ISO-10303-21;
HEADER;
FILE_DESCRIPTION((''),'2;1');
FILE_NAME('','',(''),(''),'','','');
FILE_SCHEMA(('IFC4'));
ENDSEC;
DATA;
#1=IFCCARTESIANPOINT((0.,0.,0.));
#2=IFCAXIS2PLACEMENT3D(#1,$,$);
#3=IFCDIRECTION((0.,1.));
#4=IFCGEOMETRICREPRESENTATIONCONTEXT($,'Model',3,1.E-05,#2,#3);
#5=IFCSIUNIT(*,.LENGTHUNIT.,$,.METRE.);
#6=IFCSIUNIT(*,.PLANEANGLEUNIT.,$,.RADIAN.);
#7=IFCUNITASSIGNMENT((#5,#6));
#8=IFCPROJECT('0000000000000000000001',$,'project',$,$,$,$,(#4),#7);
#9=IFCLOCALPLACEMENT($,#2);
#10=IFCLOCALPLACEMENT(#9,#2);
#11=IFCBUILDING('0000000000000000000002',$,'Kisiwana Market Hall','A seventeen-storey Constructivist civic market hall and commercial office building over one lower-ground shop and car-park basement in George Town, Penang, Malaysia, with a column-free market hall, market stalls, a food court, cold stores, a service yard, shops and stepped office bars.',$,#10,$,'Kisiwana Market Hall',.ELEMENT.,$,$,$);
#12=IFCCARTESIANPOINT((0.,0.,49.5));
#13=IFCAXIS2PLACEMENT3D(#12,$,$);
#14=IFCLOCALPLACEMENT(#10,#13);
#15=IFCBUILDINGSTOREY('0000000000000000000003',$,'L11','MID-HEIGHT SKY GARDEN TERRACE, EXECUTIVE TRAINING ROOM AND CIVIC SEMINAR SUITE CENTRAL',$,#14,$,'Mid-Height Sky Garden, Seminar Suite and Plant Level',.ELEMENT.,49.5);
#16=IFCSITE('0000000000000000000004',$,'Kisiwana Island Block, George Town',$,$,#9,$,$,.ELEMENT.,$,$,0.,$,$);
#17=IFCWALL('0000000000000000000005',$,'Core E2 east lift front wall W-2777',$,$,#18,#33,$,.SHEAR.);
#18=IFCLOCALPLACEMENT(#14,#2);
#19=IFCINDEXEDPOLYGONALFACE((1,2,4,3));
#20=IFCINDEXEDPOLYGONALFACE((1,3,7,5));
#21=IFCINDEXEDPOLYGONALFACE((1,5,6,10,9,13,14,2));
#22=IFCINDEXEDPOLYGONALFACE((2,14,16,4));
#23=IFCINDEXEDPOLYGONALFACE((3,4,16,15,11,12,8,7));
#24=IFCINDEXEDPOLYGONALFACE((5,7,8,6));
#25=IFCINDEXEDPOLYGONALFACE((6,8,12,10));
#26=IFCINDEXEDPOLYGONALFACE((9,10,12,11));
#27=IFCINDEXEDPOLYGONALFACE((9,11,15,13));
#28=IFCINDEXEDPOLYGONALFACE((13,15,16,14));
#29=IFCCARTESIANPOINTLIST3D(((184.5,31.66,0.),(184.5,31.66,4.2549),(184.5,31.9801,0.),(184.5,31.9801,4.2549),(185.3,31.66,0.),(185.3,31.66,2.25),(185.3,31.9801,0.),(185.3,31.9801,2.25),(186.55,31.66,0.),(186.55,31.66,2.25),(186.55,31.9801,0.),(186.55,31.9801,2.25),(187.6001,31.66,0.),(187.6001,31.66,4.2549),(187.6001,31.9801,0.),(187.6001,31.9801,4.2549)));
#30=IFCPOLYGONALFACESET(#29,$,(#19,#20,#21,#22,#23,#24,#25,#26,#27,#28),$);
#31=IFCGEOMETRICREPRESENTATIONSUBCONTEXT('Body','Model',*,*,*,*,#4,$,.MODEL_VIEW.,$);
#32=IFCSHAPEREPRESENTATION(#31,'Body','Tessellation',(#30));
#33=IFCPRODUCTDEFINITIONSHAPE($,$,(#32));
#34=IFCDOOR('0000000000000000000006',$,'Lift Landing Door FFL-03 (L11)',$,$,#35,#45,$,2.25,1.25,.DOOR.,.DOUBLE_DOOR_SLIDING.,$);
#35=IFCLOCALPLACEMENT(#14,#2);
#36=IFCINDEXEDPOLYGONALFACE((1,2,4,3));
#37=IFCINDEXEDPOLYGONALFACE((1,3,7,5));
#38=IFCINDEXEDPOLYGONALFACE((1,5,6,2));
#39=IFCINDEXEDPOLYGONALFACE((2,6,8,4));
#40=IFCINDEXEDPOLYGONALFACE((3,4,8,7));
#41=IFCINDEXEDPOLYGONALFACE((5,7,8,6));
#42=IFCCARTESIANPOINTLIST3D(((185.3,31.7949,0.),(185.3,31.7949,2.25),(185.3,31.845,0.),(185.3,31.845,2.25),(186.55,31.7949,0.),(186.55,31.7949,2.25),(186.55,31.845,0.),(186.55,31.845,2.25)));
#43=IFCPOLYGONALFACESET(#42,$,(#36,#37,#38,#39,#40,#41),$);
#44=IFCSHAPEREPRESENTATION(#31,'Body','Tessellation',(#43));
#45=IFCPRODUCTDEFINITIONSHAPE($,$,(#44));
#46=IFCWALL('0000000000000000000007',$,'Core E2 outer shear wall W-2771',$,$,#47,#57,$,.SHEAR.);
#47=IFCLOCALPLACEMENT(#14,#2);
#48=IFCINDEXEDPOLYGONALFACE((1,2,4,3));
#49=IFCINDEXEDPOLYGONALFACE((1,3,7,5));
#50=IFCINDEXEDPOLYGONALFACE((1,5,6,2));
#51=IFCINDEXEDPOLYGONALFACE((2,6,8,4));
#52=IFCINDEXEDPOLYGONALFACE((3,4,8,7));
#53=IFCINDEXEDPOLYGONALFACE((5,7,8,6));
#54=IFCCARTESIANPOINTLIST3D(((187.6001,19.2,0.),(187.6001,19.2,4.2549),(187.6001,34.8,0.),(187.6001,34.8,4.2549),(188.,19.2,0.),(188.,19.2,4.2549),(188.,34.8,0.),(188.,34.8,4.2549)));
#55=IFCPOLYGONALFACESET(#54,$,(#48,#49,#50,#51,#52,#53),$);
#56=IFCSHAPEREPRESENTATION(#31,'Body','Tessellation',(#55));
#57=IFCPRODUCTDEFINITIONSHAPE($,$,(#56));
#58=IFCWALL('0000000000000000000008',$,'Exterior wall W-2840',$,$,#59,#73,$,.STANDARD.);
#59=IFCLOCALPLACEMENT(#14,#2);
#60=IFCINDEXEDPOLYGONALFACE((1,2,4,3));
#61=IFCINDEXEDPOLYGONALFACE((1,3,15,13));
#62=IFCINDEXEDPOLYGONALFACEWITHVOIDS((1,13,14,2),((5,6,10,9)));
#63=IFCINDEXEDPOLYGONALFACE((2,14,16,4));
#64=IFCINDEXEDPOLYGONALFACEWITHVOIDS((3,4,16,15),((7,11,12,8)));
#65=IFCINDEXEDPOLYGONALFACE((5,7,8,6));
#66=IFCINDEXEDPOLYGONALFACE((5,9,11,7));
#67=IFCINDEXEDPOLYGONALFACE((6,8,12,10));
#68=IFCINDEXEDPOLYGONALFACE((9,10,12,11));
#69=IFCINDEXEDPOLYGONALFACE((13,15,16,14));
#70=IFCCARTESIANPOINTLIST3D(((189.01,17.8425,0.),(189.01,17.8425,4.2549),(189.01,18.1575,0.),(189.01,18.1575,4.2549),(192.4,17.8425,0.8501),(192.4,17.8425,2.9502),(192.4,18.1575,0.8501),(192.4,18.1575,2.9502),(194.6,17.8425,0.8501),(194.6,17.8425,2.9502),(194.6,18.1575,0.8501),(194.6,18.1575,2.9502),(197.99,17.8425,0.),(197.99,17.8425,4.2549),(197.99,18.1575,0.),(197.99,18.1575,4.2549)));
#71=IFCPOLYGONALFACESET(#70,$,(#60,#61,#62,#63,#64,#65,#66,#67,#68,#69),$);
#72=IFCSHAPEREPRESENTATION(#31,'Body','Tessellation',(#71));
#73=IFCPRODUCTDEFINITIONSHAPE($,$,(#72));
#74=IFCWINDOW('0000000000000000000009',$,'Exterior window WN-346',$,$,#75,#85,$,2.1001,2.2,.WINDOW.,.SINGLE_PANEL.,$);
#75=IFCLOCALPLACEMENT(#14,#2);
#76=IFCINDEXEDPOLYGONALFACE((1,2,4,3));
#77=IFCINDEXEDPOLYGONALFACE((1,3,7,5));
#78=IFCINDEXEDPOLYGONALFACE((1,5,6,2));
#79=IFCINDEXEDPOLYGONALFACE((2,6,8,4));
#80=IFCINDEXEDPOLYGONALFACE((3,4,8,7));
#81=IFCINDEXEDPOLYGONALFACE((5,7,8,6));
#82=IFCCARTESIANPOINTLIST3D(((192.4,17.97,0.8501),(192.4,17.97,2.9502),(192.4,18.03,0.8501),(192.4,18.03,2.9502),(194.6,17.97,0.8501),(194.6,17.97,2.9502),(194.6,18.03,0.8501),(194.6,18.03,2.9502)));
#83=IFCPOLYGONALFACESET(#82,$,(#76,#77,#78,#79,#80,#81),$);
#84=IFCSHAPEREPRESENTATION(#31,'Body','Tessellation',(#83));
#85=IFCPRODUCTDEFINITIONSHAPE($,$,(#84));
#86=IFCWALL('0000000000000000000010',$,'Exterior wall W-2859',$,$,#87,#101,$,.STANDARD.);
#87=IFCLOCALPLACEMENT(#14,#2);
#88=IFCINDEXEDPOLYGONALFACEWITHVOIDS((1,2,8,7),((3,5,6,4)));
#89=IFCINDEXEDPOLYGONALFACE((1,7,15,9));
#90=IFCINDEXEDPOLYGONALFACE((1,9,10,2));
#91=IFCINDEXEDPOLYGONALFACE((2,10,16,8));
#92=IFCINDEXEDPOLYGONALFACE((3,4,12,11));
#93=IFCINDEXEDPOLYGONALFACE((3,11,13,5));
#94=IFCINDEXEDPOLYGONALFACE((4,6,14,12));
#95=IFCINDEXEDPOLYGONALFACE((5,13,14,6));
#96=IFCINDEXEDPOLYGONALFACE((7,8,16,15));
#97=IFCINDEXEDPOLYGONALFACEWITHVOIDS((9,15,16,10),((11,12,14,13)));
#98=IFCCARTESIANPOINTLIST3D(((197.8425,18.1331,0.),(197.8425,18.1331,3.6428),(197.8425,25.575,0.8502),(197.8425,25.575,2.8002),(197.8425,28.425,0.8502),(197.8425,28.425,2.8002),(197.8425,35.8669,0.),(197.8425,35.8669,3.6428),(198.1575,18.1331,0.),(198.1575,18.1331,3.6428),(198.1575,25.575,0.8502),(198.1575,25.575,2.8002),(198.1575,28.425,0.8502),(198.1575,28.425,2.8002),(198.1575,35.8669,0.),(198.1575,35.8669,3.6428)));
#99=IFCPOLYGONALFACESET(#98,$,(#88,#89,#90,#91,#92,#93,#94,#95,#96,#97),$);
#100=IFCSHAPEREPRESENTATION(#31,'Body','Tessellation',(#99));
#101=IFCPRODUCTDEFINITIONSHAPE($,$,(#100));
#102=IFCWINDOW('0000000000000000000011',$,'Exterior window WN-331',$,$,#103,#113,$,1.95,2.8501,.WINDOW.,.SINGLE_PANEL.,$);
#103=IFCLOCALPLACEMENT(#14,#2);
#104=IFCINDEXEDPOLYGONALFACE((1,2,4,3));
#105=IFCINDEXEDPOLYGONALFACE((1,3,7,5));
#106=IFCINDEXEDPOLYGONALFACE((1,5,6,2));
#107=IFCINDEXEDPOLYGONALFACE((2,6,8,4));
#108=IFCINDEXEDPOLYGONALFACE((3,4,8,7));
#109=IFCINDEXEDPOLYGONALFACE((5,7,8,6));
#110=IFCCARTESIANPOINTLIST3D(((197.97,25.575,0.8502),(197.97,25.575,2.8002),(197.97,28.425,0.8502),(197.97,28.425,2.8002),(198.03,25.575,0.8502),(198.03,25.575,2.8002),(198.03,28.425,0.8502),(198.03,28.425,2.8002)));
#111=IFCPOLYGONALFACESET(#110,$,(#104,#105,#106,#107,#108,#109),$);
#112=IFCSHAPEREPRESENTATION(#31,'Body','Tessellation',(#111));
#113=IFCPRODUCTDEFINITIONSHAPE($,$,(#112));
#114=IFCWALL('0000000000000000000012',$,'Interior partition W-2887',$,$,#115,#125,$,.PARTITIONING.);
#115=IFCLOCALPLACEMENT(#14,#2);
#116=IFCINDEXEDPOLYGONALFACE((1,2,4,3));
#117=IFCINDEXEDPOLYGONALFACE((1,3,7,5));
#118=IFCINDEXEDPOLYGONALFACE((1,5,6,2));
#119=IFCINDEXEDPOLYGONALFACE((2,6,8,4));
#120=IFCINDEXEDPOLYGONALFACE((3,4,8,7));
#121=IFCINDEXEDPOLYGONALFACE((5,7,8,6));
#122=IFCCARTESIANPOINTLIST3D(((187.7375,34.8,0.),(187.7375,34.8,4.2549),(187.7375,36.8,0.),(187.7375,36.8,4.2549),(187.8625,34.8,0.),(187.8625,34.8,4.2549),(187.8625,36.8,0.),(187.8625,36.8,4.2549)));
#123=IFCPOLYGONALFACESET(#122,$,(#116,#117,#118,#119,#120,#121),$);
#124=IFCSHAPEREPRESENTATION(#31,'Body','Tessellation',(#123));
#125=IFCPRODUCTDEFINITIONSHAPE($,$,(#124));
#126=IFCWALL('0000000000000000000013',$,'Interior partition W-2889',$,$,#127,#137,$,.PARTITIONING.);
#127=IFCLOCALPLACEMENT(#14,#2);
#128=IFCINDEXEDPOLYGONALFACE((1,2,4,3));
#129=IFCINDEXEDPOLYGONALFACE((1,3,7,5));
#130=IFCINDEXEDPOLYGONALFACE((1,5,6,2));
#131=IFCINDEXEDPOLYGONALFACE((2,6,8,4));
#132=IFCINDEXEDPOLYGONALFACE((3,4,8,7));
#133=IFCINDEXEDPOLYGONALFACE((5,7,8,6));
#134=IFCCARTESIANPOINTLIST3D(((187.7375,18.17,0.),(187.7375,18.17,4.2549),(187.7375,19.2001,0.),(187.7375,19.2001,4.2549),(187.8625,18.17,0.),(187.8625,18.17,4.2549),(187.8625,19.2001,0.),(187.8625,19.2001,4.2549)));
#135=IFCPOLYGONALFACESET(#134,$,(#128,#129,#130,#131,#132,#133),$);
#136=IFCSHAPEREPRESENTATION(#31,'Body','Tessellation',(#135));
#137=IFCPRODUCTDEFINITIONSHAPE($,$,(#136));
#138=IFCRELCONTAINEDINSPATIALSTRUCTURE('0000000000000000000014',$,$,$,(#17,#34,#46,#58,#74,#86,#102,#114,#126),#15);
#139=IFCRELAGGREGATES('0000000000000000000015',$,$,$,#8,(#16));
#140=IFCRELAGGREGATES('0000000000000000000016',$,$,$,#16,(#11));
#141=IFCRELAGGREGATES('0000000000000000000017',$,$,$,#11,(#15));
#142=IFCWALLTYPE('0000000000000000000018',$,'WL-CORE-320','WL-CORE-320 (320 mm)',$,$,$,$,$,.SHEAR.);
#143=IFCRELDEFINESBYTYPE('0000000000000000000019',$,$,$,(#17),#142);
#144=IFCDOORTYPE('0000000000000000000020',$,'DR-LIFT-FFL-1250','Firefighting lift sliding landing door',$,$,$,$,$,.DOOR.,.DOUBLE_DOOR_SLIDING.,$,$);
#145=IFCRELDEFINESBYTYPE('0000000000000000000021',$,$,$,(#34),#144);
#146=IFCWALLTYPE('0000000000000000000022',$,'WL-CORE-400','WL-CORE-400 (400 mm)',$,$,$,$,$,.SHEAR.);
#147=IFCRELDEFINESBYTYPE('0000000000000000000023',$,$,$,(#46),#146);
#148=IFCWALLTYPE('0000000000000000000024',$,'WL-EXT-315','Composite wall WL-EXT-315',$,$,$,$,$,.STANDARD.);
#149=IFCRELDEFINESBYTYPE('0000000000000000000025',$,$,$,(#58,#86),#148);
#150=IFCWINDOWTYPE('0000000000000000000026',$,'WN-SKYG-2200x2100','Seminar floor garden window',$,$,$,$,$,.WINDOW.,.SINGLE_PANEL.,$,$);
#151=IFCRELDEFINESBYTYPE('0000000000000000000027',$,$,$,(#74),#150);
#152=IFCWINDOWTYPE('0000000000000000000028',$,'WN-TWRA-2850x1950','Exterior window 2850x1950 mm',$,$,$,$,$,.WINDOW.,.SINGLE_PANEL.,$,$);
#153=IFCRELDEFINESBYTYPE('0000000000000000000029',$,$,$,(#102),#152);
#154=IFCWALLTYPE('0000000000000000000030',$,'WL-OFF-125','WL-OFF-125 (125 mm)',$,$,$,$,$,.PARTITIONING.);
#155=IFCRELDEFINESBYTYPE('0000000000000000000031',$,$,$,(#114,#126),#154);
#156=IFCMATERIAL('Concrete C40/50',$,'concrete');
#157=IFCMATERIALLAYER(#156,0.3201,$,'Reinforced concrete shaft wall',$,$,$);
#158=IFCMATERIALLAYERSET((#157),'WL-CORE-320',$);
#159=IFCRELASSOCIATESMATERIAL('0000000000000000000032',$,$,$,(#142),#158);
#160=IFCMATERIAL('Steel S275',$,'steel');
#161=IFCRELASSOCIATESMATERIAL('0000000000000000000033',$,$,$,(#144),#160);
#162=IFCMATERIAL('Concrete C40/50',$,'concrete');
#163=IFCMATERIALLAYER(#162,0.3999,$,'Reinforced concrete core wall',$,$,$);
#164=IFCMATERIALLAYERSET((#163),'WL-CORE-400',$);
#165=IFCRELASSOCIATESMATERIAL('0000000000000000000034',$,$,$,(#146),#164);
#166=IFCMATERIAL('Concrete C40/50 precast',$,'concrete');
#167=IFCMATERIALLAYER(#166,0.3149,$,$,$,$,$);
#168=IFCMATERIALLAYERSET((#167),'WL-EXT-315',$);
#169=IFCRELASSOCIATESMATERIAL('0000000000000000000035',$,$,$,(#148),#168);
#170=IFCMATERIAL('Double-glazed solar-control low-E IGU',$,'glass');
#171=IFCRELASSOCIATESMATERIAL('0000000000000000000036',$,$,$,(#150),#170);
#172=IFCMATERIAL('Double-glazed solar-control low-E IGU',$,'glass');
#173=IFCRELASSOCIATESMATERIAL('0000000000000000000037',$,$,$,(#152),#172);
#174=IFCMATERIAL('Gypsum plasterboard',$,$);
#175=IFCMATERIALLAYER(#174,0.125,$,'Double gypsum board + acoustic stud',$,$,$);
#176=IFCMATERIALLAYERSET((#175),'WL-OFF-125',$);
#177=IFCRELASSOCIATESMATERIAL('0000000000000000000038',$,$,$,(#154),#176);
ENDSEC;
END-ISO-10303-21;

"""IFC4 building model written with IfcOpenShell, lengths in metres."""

from ifc_helpers import new_model, si_unit, direction, frame, frame_2d, origin, place, context, subcontext, project, spatial, rectangle, extrude, material, layer, layer_set, type_object, element, fill, save


model = new_model("IFC4")

# Units and contexts
model_context = context("Model", 3, precision=1e-05, world=origin(), true_north=direction((0.0, 1.0)))
body_context = subcontext(model_context, "Body", "Model", "MODEL_VIEW")
ifc_project = project(units=[si_unit("LENGTHUNIT", "METRE"), si_unit("PLANEANGLEUNIT", "RADIAN")], contexts=[model_context])

# Site, building, storey
site_placement = place(None, origin())
site = spatial("IfcSite", under=ifc_project, at=site_placement, Name="Kisiwana Island Block, George Town", CompositionType="ELEMENT", RefElevation=0.0)
building_placement = place(site_placement, origin())
building = spatial("IfcBuilding", under=site, at=building_placement, Name="Kisiwana Market Hall", Description="A seventeen-storey Constructivist civic market hall and commercial office building over one lower-ground shop and car-park basement in George Town, Penang, Malaysia, with a column-free market hall, market stalls, a food court, cold stores, a service yard, shops and stepped office bars.", LongName="Kisiwana Market Hall", CompositionType="ELEMENT")
storey_placement = place(building_placement, frame((0.0, 0.0, 49.5)))
storey = spatial("IfcBuildingStorey", under=building, at=storey_placement, Name="L11", Description="MID-HEIGHT SKY GARDEN TERRACE, EXECUTIVE TRAINING ROOM AND CIVIC SEMINAR SUITE CENTRAL", LongName="Mid-Height Sky Garden, Seminar Suite and Plant Level", CompositionType="ELEMENT", Elevation=49.5)

# Shared definitions
ifc_material_1 = material(Name="Concrete C40/50", Category="concrete")
ifc_layer_1 = layer(ifc_material_1, 0.3201, Name="Reinforced concrete shaft wall")
ifc_layer_set_1 = layer_set([ifc_layer_1], Name="WL-CORE-320")
wall_type_1 = type_object("IfcWallType", Name="WL-CORE-320", Description="WL-CORE-320 (320 mm)", PredefinedType="SHEAR", material=ifc_layer_set_1)

# Wall, opening, door
wall_1_placement = place(storey_placement, frame((184.5, 31.8201, 0.0), z_axis=(0.0, 0.0, 1.0), x_axis=(1.0, 0.0, 0.0)))
wall_1 = element("IfcWall", 1, at=wall_1_placement, inside=storey, type_object=wall_type_1, Name="Core E2 east lift front wall W-2777", PredefinedType="SHEAR", context=body_context, shape_type="SweptSolid", body=[
    extrude(rectangle(XDim=3.1001, YDim=0.3201, at=frame_2d((1.55, 0.0))), origin(), (0.0, 0.0, 1.0), 4.2549),
])
opening_1_placement = place(wall_1_placement, frame((0.8, 0.0, 0.0)))
opening_1 = element("IfcOpeningElement", 2, at=opening_1_placement, cuts=wall_1, PredefinedType="OPENING", context=body_context, shape_type="SweptSolid", body=[
    extrude(rectangle(XDim=1.25, YDim=2.25, at=frame_2d((0.625, 1.125))), frame((0.0, 0.1719, 0.0), z_axis=(0.0, -1.0, 0.0), x_axis=(1.0, 0.0, 0.0)), (0.0, 0.0, 1.0), 0.344),
])
ifc_material_2 = material(Name="Steel S275", Category="steel")
door_type_1 = type_object("IfcDoorType", Name="DR-LIFT-FFL-1250", Description="Firefighting lift sliding landing door", OperationType="DOUBLE_DOOR_SLIDING", PredefinedType="DOOR", material=ifc_material_2)
door_1_placement = place(opening_1_placement, origin())
door_1 = element("IfcDoor", 3, at=door_1_placement, inside=storey, type_object=door_type_1, Name="Lift Landing Door FFL-03 (L11)", OperationType="DOUBLE_DOOR_SLIDING", OverallHeight=2.25, OverallWidth=1.25, PredefinedType="DOOR", context=body_context, shape_type="SweptSolid", body=[
    extrude(rectangle(XDim=1.25, YDim=2.25, at=frame_2d((0.625, 1.125))), frame((0.0, 0.0249, 0.0), z_axis=(0.0, -1.0, 0.0), x_axis=(1.0, 0.0, 0.0)), (0.0, 0.0, 1.0), 0.05),
])
fill(opening_1, door_1)

# Wall
ifc_material_3 = material(Name="Concrete C40/50", Category="concrete")
ifc_layer_2 = layer(ifc_material_3, 0.3999, Name="Reinforced concrete core wall")
ifc_layer_set_2 = layer_set([ifc_layer_2], Name="WL-CORE-400")
wall_type_2 = type_object("IfcWallType", Name="WL-CORE-400", Description="WL-CORE-400 (400 mm)", PredefinedType="SHEAR", material=ifc_layer_set_2)
wall_2_placement = place(storey_placement, frame((187.8, 19.2, 0.0), z_axis=(0.0, 0.0, 1.0), x_axis=(0.0, 1.0, 0.0)))
element("IfcWall", 4, at=wall_2_placement, inside=storey, type_object=wall_type_2, Name="Core E2 outer shear wall W-2771", PredefinedType="SHEAR", context=body_context, shape_type="SweptSolid", body=[
    extrude(rectangle(XDim=15.6001, YDim=0.3999, at=frame_2d((7.8, 0.0))), origin(), (0.0, 0.0, 1.0), 4.2549),
])

# Walls, openings, windows
ifc_material_4 = material(Name="Concrete C40/50 precast", Category="concrete")
ifc_layer_3 = layer(ifc_material_4, 0.3149)
ifc_layer_set_3 = layer_set([ifc_layer_3], Name="WL-EXT-315")
wall_type_3 = type_object("IfcWallType", Name="WL-EXT-315", Description="Composite wall WL-EXT-315", PredefinedType="STANDARD", material=ifc_layer_set_3)
wall_3_placement = place(storey_placement, frame((189.01, 18.0, 0.0), z_axis=(0.0, 0.0, 1.0), x_axis=(1.0, 0.0, 0.0)))
wall_3 = element("IfcWall", 5, at=wall_3_placement, inside=storey, type_object=wall_type_3, Name="Exterior wall W-2840", PredefinedType="STANDARD", context=body_context, shape_type="SweptSolid", body=[
    extrude(rectangle(XDim=8.98, YDim=0.3149, at=frame_2d((4.49, 0.0))), origin(), (0.0, 0.0, 1.0), 4.2549),
])
opening_2_placement = place(wall_3_placement, frame((3.3899, 0.0, 0.8501)))
opening_2 = element("IfcOpeningElement", 6, at=opening_2_placement, cuts=wall_3, PredefinedType="OPENING", context=body_context, shape_type="SweptSolid", body=[
    extrude(rectangle(XDim=2.2, YDim=2.1001, at=frame_2d((1.1001, 1.05))), frame((0.0, 0.1694, 0.0), z_axis=(0.0, -1.0, 0.0), x_axis=(1.0, 0.0, 0.0)), (0.0, 0.0, 1.0), 0.3389),
])
ifc_material_5 = material(Name="Double-glazed solar-control low-E IGU", Category="glass")
window_type_1 = type_object("IfcWindowType", Name="WN-SKYG-2200x2100", Description="Seminar floor garden window", PartitioningType="SINGLE_PANEL", PredefinedType="WINDOW", material=ifc_material_5)
window_1_placement = place(opening_2_placement, origin())
window_1 = element("IfcWindow", 7, at=window_1_placement, inside=storey, type_object=window_type_1, Name="Exterior window WN-346", OverallHeight=2.1001, OverallWidth=2.2, PartitioningType="SINGLE_PANEL", PredefinedType="WINDOW", context=body_context, shape_type="SweptSolid", body=[
    extrude(rectangle(XDim=2.2, YDim=2.1001, at=frame_2d((1.1001, 1.05))), frame((0.0, 0.03, 0.0), z_axis=(0.0, -1.0, 0.0), x_axis=(1.0, 0.0, 0.0)), (0.0, 0.0, 1.0), 0.0601),
])
fill(opening_2, window_1)
wall_4_placement = place(storey_placement, frame((198.0, 18.1331, 0.0), z_axis=(0.0, 0.0, 1.0), x_axis=(0.0, 1.0, 0.0)))
wall_4 = element("IfcWall", 8, at=wall_4_placement, inside=storey, type_object=wall_type_3, Name="Exterior wall W-2859", PredefinedType="STANDARD", context=body_context, shape_type="SweptSolid", body=[
    extrude(rectangle(XDim=17.7339, YDim=0.3149, at=frame_2d((8.8669, 0.0))), origin(), (0.0, 0.0, 1.0), 3.6428),
])
opening_3_placement = place(wall_4_placement, frame((7.4419, 0.0, 0.8501)))
opening_3 = element("IfcOpeningElement", 9, at=opening_3_placement, cuts=wall_4, PredefinedType="OPENING", context=body_context, shape_type="SweptSolid", body=[
    extrude(rectangle(XDim=2.8501, YDim=1.95, at=frame_2d((1.425, 0.9751))), frame((0.0, 0.1694, 0.0), z_axis=(0.0, -1.0, 0.0), x_axis=(1.0, 0.0, 0.0)), (0.0, 0.0, 1.0), 0.3389),
])
ifc_material_6 = material(Name="Double-glazed solar-control low-E IGU", Category="glass")
window_type_2 = type_object("IfcWindowType", Name="WN-TWRA-2850x1950", Description="Exterior window 2850x1950 mm", PartitioningType="SINGLE_PANEL", PredefinedType="WINDOW", material=ifc_material_6)
window_2_placement = place(opening_3_placement, origin())
window_2 = element("IfcWindow", 10, at=window_2_placement, inside=storey, type_object=window_type_2, Name="Exterior window WN-331", OverallHeight=1.95, OverallWidth=2.8501, PartitioningType="SINGLE_PANEL", PredefinedType="WINDOW", context=body_context, shape_type="SweptSolid", body=[
    extrude(rectangle(XDim=2.8501, YDim=1.95, at=frame_2d((1.425, 0.9751))), frame((0.0, 0.03, 0.0), z_axis=(0.0, -1.0, 0.0), x_axis=(1.0, 0.0, 0.0)), (0.0, 0.0, 1.0), 0.0601),
])
fill(opening_3, window_2)

# Walls
ifc_material_7 = material(Name="Gypsum plasterboard")
ifc_layer_4 = layer(ifc_material_7, 0.125, Name="Double gypsum board + acoustic stud")
ifc_layer_set_4 = layer_set([ifc_layer_4], Name="WL-OFF-125")
wall_type_4 = type_object("IfcWallType", Name="WL-OFF-125", Description="WL-OFF-125 (125 mm)", PredefinedType="PARTITIONING", material=ifc_layer_set_4)
wall_5_placement = place(storey_placement, frame((187.8, 34.8, 0.0), z_axis=(0.0, 0.0, 1.0), x_axis=(0.0, 1.0, 0.0)))
element("IfcWall", 11, at=wall_5_placement, inside=storey, type_object=wall_type_4, Name="Interior partition W-2887", PredefinedType="PARTITIONING", context=body_context, shape_type="SweptSolid", body=[
    extrude(rectangle(XDim=2.0, YDim=0.125, at=frame_2d((1.0, 0.0))), origin(), (0.0, 0.0, 1.0), 4.2549),
])
wall_6_placement = place(storey_placement, frame((187.8, 18.1699, 0.0), z_axis=(0.0, 0.0, 1.0), x_axis=(0.0, 1.0, 0.0)))
element("IfcWall", 12, at=wall_6_placement, inside=storey, type_object=wall_type_4, Name="Interior partition W-2889", PredefinedType="PARTITIONING", context=body_context, shape_type="SweptSolid", body=[
    extrude(rectangle(XDim=1.03, YDim=0.125, at=frame_2d((0.5151, 0.0))), origin(), (0.0, 0.0, 1.0), 4.2549),
])

save(model, "model.ifc")
